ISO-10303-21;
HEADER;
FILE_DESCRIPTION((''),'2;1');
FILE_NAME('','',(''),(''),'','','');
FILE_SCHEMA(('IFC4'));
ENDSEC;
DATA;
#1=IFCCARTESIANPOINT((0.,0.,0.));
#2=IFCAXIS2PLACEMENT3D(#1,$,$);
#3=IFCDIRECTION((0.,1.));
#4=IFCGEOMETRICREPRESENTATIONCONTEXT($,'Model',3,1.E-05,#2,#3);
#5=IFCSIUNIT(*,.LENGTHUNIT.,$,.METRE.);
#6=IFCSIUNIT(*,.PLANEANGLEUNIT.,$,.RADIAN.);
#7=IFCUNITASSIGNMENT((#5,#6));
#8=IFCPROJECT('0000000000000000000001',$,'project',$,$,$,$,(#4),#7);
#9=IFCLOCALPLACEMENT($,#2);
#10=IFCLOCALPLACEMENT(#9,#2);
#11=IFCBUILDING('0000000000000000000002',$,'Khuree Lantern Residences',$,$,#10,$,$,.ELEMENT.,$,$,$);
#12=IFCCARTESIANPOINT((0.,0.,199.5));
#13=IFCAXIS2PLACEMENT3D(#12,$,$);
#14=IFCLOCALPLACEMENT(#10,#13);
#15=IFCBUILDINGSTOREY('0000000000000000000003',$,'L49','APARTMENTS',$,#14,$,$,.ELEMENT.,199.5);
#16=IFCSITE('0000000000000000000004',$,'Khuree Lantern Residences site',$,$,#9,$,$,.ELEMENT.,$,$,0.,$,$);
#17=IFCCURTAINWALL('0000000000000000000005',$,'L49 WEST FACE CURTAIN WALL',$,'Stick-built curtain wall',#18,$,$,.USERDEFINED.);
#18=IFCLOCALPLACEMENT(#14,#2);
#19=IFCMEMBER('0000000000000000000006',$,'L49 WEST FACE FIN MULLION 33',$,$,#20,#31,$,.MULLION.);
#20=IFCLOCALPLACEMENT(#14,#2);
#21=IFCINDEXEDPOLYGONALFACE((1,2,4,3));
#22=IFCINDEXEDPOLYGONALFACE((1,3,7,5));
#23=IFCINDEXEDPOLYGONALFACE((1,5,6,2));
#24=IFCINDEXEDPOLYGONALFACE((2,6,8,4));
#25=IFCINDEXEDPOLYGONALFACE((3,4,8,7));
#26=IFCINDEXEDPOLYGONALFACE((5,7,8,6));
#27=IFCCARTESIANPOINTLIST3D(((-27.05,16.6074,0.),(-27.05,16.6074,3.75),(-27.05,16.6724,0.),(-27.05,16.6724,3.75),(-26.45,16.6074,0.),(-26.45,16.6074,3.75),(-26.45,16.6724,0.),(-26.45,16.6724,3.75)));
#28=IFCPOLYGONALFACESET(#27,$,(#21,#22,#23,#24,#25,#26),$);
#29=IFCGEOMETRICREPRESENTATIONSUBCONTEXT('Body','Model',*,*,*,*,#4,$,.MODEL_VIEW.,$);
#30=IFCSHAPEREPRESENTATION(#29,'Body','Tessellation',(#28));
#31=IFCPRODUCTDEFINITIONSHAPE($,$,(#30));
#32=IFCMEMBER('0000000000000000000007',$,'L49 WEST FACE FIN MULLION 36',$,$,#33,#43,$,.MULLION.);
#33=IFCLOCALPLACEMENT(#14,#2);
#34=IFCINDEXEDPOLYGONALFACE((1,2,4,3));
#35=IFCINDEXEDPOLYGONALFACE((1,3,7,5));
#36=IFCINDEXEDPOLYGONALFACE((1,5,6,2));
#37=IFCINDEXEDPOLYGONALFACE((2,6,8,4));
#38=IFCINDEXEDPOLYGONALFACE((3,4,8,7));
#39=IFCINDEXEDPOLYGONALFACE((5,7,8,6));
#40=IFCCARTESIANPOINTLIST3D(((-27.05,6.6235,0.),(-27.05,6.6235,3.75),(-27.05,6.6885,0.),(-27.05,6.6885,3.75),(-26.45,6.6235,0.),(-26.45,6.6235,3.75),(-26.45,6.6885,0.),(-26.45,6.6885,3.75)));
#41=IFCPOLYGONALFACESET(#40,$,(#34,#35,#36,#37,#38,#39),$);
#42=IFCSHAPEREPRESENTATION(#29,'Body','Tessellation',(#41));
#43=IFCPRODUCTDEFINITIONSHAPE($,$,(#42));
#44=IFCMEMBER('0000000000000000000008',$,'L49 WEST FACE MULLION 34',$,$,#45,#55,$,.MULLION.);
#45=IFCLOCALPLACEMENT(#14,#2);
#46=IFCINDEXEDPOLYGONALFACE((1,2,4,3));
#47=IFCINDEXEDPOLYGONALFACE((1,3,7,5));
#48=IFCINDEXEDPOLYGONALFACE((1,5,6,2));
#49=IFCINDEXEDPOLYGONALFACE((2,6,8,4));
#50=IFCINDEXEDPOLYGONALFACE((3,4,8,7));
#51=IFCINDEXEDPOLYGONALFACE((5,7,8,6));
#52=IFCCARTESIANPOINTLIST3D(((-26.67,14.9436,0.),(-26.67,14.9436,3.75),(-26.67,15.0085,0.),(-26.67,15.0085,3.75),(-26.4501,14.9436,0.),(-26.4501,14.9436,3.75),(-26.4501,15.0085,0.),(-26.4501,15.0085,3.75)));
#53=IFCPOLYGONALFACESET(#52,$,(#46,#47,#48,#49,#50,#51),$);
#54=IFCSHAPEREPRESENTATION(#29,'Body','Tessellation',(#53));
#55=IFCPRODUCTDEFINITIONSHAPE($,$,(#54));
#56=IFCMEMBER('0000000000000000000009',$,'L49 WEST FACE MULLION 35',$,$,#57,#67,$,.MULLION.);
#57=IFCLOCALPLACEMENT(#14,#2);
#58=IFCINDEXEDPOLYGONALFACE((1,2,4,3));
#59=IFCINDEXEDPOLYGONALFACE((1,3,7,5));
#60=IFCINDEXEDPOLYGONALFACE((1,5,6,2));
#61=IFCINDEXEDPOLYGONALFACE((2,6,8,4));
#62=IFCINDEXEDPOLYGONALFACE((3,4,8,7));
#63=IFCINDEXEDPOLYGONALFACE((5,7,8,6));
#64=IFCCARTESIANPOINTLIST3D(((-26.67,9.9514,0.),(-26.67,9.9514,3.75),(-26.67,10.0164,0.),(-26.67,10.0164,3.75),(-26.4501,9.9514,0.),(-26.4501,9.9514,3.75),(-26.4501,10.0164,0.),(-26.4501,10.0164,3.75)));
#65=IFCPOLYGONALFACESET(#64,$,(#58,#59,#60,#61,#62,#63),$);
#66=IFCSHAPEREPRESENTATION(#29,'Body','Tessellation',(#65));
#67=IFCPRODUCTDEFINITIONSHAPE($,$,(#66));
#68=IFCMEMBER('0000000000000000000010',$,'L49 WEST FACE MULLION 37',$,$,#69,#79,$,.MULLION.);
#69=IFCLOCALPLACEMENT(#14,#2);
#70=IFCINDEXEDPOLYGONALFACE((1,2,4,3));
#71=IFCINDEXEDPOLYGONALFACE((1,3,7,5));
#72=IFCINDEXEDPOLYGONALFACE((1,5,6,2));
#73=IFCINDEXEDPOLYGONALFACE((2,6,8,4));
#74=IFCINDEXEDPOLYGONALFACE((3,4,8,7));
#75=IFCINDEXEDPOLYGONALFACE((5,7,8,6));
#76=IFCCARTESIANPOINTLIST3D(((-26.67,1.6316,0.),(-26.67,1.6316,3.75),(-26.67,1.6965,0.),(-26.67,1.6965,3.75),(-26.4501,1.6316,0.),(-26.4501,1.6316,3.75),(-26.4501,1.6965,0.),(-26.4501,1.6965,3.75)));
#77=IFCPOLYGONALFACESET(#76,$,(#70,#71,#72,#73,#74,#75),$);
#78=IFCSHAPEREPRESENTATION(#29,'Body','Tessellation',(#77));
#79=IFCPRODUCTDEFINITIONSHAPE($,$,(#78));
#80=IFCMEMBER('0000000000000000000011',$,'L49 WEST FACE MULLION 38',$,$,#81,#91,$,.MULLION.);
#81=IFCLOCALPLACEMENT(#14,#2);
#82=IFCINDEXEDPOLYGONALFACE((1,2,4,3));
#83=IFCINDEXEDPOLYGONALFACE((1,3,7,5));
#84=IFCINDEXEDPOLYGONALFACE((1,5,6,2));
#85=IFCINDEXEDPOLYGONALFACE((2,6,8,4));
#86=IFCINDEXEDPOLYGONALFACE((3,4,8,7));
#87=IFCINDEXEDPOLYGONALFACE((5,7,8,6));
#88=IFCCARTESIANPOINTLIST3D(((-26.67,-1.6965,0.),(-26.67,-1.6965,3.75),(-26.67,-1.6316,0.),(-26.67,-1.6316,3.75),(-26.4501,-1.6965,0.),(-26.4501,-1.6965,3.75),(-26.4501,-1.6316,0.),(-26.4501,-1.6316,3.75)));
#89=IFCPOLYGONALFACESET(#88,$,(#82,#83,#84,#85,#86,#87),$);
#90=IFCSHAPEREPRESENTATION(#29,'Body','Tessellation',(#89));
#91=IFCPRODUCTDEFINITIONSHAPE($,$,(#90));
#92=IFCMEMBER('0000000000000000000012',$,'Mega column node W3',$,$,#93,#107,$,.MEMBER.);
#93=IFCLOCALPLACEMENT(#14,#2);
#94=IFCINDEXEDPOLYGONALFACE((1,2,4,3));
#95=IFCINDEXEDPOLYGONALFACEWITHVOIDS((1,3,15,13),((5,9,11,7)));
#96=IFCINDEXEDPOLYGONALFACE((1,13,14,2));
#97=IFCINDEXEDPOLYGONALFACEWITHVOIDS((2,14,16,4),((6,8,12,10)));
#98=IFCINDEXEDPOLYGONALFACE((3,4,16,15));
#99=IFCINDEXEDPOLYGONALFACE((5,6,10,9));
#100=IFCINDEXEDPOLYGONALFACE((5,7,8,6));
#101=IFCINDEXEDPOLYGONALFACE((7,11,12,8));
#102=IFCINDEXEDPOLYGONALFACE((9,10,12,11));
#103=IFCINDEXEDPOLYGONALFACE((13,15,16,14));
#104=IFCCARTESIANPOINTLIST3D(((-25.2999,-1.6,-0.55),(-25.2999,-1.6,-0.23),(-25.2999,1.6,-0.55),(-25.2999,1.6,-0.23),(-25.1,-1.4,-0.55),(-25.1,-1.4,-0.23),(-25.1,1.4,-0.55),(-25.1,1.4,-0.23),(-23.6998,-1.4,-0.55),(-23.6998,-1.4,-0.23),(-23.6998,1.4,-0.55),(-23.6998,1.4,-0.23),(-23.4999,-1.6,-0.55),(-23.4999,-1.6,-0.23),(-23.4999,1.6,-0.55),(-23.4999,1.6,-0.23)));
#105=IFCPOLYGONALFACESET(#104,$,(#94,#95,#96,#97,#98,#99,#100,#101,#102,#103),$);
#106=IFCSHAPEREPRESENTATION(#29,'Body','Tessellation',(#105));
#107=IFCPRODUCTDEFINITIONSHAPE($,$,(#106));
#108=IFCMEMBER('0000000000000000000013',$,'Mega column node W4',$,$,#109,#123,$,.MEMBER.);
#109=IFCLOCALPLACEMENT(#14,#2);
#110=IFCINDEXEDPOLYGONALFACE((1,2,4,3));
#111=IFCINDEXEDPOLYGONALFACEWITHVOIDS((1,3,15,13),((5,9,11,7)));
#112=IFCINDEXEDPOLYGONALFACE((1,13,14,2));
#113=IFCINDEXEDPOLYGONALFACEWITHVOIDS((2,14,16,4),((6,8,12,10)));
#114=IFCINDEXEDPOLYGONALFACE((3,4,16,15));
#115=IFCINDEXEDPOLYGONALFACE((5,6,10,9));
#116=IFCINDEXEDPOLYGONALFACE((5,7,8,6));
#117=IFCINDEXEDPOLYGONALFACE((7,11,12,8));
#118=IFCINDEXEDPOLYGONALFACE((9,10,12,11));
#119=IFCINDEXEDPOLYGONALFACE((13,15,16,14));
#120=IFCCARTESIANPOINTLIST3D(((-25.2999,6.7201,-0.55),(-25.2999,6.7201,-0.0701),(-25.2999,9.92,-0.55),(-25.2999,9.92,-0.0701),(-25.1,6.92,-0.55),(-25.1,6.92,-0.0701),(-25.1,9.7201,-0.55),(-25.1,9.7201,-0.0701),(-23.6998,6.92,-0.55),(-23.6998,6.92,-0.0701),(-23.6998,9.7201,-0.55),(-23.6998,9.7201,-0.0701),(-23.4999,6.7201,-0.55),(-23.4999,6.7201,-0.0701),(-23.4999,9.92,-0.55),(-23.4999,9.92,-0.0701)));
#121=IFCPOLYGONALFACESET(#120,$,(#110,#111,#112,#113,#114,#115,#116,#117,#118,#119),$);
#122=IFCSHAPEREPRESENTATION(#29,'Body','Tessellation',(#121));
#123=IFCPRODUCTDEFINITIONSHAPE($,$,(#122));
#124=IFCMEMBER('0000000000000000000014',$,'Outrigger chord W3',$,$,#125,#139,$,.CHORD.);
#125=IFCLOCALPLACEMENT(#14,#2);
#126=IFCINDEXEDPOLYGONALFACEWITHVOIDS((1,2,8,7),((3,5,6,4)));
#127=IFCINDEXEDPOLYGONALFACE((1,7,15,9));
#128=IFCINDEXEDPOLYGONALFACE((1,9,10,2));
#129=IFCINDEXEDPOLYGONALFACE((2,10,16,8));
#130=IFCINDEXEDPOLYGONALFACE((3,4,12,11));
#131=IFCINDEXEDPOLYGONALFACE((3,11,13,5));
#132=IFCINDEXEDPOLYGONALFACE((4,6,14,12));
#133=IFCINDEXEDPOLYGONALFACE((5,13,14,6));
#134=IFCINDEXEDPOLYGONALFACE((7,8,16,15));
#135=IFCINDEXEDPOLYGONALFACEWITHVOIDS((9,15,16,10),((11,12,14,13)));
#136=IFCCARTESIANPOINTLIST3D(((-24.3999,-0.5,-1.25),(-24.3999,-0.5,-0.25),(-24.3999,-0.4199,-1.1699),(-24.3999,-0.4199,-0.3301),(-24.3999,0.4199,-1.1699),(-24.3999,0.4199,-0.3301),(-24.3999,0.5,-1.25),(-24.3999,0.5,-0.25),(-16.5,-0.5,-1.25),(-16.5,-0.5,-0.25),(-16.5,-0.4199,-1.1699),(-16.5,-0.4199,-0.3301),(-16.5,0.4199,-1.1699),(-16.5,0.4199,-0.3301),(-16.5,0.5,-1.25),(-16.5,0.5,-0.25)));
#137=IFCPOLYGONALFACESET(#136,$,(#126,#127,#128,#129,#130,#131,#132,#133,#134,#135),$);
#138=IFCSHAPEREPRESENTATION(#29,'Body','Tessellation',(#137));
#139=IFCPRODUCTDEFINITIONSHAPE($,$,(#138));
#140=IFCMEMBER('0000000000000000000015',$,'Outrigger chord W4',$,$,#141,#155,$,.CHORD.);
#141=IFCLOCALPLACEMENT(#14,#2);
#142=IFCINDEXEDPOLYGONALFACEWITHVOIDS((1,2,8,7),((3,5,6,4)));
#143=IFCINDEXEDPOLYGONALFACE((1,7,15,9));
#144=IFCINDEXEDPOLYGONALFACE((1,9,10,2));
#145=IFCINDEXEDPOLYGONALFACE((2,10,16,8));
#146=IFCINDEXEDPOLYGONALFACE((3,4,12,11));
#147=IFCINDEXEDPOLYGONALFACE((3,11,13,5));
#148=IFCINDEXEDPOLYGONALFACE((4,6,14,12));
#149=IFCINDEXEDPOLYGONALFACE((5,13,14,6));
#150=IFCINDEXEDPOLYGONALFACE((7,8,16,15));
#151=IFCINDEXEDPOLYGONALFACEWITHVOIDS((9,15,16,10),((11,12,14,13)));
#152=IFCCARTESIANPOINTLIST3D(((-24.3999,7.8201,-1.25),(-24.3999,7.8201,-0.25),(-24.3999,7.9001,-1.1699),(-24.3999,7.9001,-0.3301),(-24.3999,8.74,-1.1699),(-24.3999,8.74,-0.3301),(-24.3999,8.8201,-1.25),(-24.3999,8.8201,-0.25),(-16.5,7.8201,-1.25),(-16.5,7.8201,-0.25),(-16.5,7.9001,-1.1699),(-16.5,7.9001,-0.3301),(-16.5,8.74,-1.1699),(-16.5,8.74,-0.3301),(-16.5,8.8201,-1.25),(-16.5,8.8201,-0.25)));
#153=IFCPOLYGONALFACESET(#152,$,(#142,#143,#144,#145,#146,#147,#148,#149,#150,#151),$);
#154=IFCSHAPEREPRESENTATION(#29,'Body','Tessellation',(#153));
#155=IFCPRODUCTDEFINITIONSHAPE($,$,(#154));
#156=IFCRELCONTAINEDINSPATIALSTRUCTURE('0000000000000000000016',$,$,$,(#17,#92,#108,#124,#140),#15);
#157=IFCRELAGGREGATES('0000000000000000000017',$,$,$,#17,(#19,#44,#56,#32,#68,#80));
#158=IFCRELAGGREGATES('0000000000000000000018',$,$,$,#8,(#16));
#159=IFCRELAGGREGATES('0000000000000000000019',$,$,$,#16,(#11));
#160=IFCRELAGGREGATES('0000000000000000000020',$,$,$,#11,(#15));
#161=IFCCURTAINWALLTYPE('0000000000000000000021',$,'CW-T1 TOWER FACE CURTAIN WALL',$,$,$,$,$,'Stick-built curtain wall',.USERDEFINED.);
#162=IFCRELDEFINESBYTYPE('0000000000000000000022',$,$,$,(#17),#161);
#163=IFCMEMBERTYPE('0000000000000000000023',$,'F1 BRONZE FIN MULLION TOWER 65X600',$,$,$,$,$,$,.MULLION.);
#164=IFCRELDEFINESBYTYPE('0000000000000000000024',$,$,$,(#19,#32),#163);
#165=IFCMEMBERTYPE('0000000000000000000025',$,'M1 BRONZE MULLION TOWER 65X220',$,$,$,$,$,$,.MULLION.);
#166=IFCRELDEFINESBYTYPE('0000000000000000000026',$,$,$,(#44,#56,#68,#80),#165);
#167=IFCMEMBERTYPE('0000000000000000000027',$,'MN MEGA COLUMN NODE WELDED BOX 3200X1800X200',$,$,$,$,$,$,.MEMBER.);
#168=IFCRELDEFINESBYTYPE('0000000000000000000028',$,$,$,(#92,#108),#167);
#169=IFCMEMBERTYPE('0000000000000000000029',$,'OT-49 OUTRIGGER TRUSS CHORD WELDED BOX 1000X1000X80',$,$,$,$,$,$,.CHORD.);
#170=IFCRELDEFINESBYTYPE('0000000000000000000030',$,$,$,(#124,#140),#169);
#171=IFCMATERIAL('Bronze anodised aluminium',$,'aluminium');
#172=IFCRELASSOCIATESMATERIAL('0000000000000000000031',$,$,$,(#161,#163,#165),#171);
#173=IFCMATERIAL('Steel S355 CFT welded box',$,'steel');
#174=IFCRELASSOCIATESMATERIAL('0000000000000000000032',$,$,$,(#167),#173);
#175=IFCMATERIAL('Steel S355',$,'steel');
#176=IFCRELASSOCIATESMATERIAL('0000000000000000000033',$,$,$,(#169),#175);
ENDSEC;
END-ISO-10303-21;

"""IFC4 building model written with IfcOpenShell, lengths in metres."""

from ifc_helpers import new_model, si_unit, direction, frame, origin, origin_2d, place, context, subcontext, project, spatial, rectangle, hollow_rectangle, extrude, material, material_profile, profile_set, type_object, element, aggregate, save


model = new_model("IFC4")

# Units and contexts
model_context = context("Model", 3, precision=1e-05, world=origin(), true_north=direction((0.0, 1.0)))
body_context = subcontext(model_context, "Body", "Model", "MODEL_VIEW")
ifc_project = project(units=[si_unit("LENGTHUNIT", "METRE"), si_unit("PLANEANGLEUNIT", "RADIAN")], contexts=[model_context])

# Site, building, storey
site_placement = place(None, origin())
site = spatial("IfcSite", under=ifc_project, at=site_placement, Name="Khuree Lantern Residences site", CompositionType="ELEMENT", RefElevation=0.0)
building_placement = place(site_placement, origin())
building = spatial("IfcBuilding", under=site, at=building_placement, Name="Khuree Lantern Residences", CompositionType="ELEMENT")
storey_placement = place(building_placement, frame((0.0, 0.0, 199.5)))
storey = spatial("IfcBuildingStorey", under=building, at=storey_placement, Name="L49", Description="APARTMENTS", CompositionType="ELEMENT", Elevation=199.5)

# Shared definitions
ifc_material_1 = material(Name="Steel S355 CFT welded box", Category="steel")

# Shared definitions
ifc_material_2 = material(Name="Steel S355", Category="steel")

# Curtain wall, members
ifc_material_3 = material(Name="Bronze anodised aluminium", Category="aluminium")
curtain_wall_type = type_object("IfcCurtainWallType", Name="CW-T1 TOWER FACE CURTAIN WALL", ElementType="Stick-built curtain wall", PredefinedType="USERDEFINED", material=ifc_material_3)
curtain_wall_placement = place(storey_placement, origin())
curtain_wall = element("IfcCurtainWall", 1, at=curtain_wall_placement, inside=storey, type_object=curtain_wall_type, Name="L49 WEST FACE CURTAIN WALL", ObjectType="Stick-built curtain wall", PredefinedType="USERDEFINED")
ifc_material_profile_1 = material_profile(ifc_material_3, rectangle(XDim=0.0649, YDim=0.6001, at=origin_2d()), Name="F1 65X600")
ifc_profile_set_1 = profile_set([ifc_material_profile_1], Name="Bronze anodised aluminium")
member_type_1 = type_object("IfcMemberType", Name="F1 BRONZE FIN MULLION TOWER 65X600", PredefinedType="MULLION", material=ifc_profile_set_1)
member_1_placement = place(storey_placement, frame((-26.75, 16.6399, 0.0), z_axis=(0.0, 0.0, 1.0), x_axis=(0.0, -1.0, 0.0)))
member_1 = element("IfcMember", 2, at=member_1_placement, type_object=member_type_1, Name="L49 WEST FACE FIN MULLION 33", PredefinedType="MULLION", context=body_context, shape_type="SweptSolid", body=[
    extrude(rectangle(XDim=0.0649, YDim=0.6001, at=origin_2d()), origin(), (0.0, 0.0, 1.0), 3.75),
])
member_2_placement = place(storey_placement, frame((-26.75, 6.656, 0.0), z_axis=(0.0, 0.0, 1.0), x_axis=(0.0, -1.0, 0.0)))
member_2 = element("IfcMember", 3, at=member_2_placement, type_object=member_type_1, Name="L49 WEST FACE FIN MULLION 36", PredefinedType="MULLION", context=body_context, shape_type="SweptSolid", body=[
    extrude(rectangle(XDim=0.0649, YDim=0.6001, at=origin_2d()), origin(), (0.0, 0.0, 1.0), 3.75),
])
ifc_material_profile_2 = material_profile(ifc_material_3, rectangle(XDim=0.0649, YDim=0.22, at=origin_2d()), Name="M1 65X220")
ifc_profile_set_2 = profile_set([ifc_material_profile_2], Name="Bronze anodised aluminium")
member_type_2 = type_object("IfcMemberType", Name="M1 BRONZE MULLION TOWER 65X220", PredefinedType="MULLION", material=ifc_profile_set_2)
member_3_placement = place(storey_placement, frame((-26.5601, 14.9761, 0.0), z_axis=(0.0, 0.0, 1.0), x_axis=(0.0, -1.0, 0.0)))
member_3 = element("IfcMember", 4, at=member_3_placement, type_object=member_type_2, Name="L49 WEST FACE MULLION 34", PredefinedType="MULLION", context=body_context, shape_type="SweptSolid", body=[
    extrude(rectangle(XDim=0.0649, YDim=0.22, at=origin_2d()), origin(), (0.0, 0.0, 1.0), 3.75),
])
member_4_placement = place(storey_placement, frame((-26.5601, 9.9839, 0.0), z_axis=(0.0, 0.0, 1.0), x_axis=(0.0, -1.0, 0.0)))
member_4 = element("IfcMember", 5, at=member_4_placement, type_object=member_type_2, Name="L49 WEST FACE MULLION 35", PredefinedType="MULLION", context=body_context, shape_type="SweptSolid", body=[
    extrude(rectangle(XDim=0.0649, YDim=0.22, at=origin_2d()), origin(), (0.0, 0.0, 1.0), 3.75),
])
member_5_placement = place(storey_placement, frame((-26.5601, 1.6641, 0.0), z_axis=(0.0, 0.0, 1.0), x_axis=(0.0, -1.0, 0.0)))
member_5 = element("IfcMember", 6, at=member_5_placement, type_object=member_type_2, Name="L49 WEST FACE MULLION 37", PredefinedType="MULLION", context=body_context, shape_type="SweptSolid", body=[
    extrude(rectangle(XDim=0.0649, YDim=0.22, at=origin_2d()), origin(), (0.0, 0.0, 1.0), 3.75),
])
member_6_placement = place(storey_placement, frame((-26.5601, -1.6641, 0.0), z_axis=(0.0, 0.0, 1.0), x_axis=(0.0, -1.0, 0.0)))
member_6 = element("IfcMember", 7, at=member_6_placement, type_object=member_type_2, Name="L49 WEST FACE MULLION 38", PredefinedType="MULLION", context=body_context, shape_type="SweptSolid", body=[
    extrude(rectangle(XDim=0.0649, YDim=0.22, at=origin_2d()), origin(), (0.0, 0.0, 1.0), 3.75),
])

# Members
ifc_material_profile_3 = material_profile(ifc_material_1, hollow_rectangle(XDim=3.2, YDim=1.8, WallThickness=0.2, at=origin_2d()), Name="WELDED BOX 3200X1800X200")
ifc_profile_set_3 = profile_set([ifc_material_profile_3], Name="Steel S355 CFT welded box")
member_type_3 = type_object("IfcMemberType", Name="MN MEGA COLUMN NODE WELDED BOX 3200X1800X200", PredefinedType="MEMBER", material=ifc_profile_set_3)
member_7_placement = place(storey_placement, frame((-24.3999, 0.0, -0.55), z_axis=(0.0, 0.0, 1.0), x_axis=(0.0, 1.0, 0.0)))
element("IfcMember", 8, at=member_7_placement, inside=storey, type_object=member_type_3, Name="Mega column node W3", PredefinedType="MEMBER", context=body_context, shape_type="SweptSolid", body=[
    extrude(hollow_rectangle(XDim=3.2, YDim=1.8, WallThickness=0.2, at=origin_2d()), origin(), (0.0, 0.0, 1.0), 0.3201),
])
member_8_placement = place(storey_placement, frame((-24.3999, 8.3201, -0.55), z_axis=(0.0, 0.0, 1.0), x_axis=(0.0, 1.0, 0.0)))
element("IfcMember", 9, at=member_8_placement, inside=storey, type_object=member_type_3, Name="Mega column node W4", PredefinedType="MEMBER", context=body_context, shape_type="SweptSolid", body=[
    extrude(hollow_rectangle(XDim=3.2, YDim=1.8, WallThickness=0.2, at=origin_2d()), origin(), (0.0, 0.0, 1.0), 0.48),
])
ifc_material_profile_4 = material_profile(ifc_material_2, hollow_rectangle(XDim=1.0, YDim=1.0, WallThickness=0.0801, at=origin_2d()), Name="WELDED BOX 1000X1000X80")
ifc_profile_set_4 = profile_set([ifc_material_profile_4], Name="Steel S355")
member_type_4 = type_object("IfcMemberType", Name="OT-49 OUTRIGGER TRUSS CHORD WELDED BOX 1000X1000X80", PredefinedType="CHORD", material=ifc_profile_set_4)
for number, where, z_axis, x_axis, name in (
    (10, (-24.3999, 0.0, -0.75), (1.0, 0.0, 0.0), (0.0, 1.0, 0.0), "Outrigger chord W3"),
    (11, (-24.3999, 8.3201, -0.75), (1.0, 0.0, 0.0), (0.0, 1.0, 0.0), "Outrigger chord W4"),
):
    element("IfcMember", number, at=place(storey_placement, frame(where, z_axis=z_axis, x_axis=x_axis)), inside=storey, type_object=member_type_4, Name=name, PredefinedType="CHORD", context=body_context, shape_type="SweptSolid", body=[
        extrude(hollow_rectangle(XDim=1.0, YDim=1.0, WallThickness=0.0801, at=origin_2d()), origin(), (0.0, 0.0, 1.0), 7.8999),
    ])

aggregate(curtain_wall, [member_1, member_3, member_4, member_2, member_5, member_6])

save(model, "model.ifc")
